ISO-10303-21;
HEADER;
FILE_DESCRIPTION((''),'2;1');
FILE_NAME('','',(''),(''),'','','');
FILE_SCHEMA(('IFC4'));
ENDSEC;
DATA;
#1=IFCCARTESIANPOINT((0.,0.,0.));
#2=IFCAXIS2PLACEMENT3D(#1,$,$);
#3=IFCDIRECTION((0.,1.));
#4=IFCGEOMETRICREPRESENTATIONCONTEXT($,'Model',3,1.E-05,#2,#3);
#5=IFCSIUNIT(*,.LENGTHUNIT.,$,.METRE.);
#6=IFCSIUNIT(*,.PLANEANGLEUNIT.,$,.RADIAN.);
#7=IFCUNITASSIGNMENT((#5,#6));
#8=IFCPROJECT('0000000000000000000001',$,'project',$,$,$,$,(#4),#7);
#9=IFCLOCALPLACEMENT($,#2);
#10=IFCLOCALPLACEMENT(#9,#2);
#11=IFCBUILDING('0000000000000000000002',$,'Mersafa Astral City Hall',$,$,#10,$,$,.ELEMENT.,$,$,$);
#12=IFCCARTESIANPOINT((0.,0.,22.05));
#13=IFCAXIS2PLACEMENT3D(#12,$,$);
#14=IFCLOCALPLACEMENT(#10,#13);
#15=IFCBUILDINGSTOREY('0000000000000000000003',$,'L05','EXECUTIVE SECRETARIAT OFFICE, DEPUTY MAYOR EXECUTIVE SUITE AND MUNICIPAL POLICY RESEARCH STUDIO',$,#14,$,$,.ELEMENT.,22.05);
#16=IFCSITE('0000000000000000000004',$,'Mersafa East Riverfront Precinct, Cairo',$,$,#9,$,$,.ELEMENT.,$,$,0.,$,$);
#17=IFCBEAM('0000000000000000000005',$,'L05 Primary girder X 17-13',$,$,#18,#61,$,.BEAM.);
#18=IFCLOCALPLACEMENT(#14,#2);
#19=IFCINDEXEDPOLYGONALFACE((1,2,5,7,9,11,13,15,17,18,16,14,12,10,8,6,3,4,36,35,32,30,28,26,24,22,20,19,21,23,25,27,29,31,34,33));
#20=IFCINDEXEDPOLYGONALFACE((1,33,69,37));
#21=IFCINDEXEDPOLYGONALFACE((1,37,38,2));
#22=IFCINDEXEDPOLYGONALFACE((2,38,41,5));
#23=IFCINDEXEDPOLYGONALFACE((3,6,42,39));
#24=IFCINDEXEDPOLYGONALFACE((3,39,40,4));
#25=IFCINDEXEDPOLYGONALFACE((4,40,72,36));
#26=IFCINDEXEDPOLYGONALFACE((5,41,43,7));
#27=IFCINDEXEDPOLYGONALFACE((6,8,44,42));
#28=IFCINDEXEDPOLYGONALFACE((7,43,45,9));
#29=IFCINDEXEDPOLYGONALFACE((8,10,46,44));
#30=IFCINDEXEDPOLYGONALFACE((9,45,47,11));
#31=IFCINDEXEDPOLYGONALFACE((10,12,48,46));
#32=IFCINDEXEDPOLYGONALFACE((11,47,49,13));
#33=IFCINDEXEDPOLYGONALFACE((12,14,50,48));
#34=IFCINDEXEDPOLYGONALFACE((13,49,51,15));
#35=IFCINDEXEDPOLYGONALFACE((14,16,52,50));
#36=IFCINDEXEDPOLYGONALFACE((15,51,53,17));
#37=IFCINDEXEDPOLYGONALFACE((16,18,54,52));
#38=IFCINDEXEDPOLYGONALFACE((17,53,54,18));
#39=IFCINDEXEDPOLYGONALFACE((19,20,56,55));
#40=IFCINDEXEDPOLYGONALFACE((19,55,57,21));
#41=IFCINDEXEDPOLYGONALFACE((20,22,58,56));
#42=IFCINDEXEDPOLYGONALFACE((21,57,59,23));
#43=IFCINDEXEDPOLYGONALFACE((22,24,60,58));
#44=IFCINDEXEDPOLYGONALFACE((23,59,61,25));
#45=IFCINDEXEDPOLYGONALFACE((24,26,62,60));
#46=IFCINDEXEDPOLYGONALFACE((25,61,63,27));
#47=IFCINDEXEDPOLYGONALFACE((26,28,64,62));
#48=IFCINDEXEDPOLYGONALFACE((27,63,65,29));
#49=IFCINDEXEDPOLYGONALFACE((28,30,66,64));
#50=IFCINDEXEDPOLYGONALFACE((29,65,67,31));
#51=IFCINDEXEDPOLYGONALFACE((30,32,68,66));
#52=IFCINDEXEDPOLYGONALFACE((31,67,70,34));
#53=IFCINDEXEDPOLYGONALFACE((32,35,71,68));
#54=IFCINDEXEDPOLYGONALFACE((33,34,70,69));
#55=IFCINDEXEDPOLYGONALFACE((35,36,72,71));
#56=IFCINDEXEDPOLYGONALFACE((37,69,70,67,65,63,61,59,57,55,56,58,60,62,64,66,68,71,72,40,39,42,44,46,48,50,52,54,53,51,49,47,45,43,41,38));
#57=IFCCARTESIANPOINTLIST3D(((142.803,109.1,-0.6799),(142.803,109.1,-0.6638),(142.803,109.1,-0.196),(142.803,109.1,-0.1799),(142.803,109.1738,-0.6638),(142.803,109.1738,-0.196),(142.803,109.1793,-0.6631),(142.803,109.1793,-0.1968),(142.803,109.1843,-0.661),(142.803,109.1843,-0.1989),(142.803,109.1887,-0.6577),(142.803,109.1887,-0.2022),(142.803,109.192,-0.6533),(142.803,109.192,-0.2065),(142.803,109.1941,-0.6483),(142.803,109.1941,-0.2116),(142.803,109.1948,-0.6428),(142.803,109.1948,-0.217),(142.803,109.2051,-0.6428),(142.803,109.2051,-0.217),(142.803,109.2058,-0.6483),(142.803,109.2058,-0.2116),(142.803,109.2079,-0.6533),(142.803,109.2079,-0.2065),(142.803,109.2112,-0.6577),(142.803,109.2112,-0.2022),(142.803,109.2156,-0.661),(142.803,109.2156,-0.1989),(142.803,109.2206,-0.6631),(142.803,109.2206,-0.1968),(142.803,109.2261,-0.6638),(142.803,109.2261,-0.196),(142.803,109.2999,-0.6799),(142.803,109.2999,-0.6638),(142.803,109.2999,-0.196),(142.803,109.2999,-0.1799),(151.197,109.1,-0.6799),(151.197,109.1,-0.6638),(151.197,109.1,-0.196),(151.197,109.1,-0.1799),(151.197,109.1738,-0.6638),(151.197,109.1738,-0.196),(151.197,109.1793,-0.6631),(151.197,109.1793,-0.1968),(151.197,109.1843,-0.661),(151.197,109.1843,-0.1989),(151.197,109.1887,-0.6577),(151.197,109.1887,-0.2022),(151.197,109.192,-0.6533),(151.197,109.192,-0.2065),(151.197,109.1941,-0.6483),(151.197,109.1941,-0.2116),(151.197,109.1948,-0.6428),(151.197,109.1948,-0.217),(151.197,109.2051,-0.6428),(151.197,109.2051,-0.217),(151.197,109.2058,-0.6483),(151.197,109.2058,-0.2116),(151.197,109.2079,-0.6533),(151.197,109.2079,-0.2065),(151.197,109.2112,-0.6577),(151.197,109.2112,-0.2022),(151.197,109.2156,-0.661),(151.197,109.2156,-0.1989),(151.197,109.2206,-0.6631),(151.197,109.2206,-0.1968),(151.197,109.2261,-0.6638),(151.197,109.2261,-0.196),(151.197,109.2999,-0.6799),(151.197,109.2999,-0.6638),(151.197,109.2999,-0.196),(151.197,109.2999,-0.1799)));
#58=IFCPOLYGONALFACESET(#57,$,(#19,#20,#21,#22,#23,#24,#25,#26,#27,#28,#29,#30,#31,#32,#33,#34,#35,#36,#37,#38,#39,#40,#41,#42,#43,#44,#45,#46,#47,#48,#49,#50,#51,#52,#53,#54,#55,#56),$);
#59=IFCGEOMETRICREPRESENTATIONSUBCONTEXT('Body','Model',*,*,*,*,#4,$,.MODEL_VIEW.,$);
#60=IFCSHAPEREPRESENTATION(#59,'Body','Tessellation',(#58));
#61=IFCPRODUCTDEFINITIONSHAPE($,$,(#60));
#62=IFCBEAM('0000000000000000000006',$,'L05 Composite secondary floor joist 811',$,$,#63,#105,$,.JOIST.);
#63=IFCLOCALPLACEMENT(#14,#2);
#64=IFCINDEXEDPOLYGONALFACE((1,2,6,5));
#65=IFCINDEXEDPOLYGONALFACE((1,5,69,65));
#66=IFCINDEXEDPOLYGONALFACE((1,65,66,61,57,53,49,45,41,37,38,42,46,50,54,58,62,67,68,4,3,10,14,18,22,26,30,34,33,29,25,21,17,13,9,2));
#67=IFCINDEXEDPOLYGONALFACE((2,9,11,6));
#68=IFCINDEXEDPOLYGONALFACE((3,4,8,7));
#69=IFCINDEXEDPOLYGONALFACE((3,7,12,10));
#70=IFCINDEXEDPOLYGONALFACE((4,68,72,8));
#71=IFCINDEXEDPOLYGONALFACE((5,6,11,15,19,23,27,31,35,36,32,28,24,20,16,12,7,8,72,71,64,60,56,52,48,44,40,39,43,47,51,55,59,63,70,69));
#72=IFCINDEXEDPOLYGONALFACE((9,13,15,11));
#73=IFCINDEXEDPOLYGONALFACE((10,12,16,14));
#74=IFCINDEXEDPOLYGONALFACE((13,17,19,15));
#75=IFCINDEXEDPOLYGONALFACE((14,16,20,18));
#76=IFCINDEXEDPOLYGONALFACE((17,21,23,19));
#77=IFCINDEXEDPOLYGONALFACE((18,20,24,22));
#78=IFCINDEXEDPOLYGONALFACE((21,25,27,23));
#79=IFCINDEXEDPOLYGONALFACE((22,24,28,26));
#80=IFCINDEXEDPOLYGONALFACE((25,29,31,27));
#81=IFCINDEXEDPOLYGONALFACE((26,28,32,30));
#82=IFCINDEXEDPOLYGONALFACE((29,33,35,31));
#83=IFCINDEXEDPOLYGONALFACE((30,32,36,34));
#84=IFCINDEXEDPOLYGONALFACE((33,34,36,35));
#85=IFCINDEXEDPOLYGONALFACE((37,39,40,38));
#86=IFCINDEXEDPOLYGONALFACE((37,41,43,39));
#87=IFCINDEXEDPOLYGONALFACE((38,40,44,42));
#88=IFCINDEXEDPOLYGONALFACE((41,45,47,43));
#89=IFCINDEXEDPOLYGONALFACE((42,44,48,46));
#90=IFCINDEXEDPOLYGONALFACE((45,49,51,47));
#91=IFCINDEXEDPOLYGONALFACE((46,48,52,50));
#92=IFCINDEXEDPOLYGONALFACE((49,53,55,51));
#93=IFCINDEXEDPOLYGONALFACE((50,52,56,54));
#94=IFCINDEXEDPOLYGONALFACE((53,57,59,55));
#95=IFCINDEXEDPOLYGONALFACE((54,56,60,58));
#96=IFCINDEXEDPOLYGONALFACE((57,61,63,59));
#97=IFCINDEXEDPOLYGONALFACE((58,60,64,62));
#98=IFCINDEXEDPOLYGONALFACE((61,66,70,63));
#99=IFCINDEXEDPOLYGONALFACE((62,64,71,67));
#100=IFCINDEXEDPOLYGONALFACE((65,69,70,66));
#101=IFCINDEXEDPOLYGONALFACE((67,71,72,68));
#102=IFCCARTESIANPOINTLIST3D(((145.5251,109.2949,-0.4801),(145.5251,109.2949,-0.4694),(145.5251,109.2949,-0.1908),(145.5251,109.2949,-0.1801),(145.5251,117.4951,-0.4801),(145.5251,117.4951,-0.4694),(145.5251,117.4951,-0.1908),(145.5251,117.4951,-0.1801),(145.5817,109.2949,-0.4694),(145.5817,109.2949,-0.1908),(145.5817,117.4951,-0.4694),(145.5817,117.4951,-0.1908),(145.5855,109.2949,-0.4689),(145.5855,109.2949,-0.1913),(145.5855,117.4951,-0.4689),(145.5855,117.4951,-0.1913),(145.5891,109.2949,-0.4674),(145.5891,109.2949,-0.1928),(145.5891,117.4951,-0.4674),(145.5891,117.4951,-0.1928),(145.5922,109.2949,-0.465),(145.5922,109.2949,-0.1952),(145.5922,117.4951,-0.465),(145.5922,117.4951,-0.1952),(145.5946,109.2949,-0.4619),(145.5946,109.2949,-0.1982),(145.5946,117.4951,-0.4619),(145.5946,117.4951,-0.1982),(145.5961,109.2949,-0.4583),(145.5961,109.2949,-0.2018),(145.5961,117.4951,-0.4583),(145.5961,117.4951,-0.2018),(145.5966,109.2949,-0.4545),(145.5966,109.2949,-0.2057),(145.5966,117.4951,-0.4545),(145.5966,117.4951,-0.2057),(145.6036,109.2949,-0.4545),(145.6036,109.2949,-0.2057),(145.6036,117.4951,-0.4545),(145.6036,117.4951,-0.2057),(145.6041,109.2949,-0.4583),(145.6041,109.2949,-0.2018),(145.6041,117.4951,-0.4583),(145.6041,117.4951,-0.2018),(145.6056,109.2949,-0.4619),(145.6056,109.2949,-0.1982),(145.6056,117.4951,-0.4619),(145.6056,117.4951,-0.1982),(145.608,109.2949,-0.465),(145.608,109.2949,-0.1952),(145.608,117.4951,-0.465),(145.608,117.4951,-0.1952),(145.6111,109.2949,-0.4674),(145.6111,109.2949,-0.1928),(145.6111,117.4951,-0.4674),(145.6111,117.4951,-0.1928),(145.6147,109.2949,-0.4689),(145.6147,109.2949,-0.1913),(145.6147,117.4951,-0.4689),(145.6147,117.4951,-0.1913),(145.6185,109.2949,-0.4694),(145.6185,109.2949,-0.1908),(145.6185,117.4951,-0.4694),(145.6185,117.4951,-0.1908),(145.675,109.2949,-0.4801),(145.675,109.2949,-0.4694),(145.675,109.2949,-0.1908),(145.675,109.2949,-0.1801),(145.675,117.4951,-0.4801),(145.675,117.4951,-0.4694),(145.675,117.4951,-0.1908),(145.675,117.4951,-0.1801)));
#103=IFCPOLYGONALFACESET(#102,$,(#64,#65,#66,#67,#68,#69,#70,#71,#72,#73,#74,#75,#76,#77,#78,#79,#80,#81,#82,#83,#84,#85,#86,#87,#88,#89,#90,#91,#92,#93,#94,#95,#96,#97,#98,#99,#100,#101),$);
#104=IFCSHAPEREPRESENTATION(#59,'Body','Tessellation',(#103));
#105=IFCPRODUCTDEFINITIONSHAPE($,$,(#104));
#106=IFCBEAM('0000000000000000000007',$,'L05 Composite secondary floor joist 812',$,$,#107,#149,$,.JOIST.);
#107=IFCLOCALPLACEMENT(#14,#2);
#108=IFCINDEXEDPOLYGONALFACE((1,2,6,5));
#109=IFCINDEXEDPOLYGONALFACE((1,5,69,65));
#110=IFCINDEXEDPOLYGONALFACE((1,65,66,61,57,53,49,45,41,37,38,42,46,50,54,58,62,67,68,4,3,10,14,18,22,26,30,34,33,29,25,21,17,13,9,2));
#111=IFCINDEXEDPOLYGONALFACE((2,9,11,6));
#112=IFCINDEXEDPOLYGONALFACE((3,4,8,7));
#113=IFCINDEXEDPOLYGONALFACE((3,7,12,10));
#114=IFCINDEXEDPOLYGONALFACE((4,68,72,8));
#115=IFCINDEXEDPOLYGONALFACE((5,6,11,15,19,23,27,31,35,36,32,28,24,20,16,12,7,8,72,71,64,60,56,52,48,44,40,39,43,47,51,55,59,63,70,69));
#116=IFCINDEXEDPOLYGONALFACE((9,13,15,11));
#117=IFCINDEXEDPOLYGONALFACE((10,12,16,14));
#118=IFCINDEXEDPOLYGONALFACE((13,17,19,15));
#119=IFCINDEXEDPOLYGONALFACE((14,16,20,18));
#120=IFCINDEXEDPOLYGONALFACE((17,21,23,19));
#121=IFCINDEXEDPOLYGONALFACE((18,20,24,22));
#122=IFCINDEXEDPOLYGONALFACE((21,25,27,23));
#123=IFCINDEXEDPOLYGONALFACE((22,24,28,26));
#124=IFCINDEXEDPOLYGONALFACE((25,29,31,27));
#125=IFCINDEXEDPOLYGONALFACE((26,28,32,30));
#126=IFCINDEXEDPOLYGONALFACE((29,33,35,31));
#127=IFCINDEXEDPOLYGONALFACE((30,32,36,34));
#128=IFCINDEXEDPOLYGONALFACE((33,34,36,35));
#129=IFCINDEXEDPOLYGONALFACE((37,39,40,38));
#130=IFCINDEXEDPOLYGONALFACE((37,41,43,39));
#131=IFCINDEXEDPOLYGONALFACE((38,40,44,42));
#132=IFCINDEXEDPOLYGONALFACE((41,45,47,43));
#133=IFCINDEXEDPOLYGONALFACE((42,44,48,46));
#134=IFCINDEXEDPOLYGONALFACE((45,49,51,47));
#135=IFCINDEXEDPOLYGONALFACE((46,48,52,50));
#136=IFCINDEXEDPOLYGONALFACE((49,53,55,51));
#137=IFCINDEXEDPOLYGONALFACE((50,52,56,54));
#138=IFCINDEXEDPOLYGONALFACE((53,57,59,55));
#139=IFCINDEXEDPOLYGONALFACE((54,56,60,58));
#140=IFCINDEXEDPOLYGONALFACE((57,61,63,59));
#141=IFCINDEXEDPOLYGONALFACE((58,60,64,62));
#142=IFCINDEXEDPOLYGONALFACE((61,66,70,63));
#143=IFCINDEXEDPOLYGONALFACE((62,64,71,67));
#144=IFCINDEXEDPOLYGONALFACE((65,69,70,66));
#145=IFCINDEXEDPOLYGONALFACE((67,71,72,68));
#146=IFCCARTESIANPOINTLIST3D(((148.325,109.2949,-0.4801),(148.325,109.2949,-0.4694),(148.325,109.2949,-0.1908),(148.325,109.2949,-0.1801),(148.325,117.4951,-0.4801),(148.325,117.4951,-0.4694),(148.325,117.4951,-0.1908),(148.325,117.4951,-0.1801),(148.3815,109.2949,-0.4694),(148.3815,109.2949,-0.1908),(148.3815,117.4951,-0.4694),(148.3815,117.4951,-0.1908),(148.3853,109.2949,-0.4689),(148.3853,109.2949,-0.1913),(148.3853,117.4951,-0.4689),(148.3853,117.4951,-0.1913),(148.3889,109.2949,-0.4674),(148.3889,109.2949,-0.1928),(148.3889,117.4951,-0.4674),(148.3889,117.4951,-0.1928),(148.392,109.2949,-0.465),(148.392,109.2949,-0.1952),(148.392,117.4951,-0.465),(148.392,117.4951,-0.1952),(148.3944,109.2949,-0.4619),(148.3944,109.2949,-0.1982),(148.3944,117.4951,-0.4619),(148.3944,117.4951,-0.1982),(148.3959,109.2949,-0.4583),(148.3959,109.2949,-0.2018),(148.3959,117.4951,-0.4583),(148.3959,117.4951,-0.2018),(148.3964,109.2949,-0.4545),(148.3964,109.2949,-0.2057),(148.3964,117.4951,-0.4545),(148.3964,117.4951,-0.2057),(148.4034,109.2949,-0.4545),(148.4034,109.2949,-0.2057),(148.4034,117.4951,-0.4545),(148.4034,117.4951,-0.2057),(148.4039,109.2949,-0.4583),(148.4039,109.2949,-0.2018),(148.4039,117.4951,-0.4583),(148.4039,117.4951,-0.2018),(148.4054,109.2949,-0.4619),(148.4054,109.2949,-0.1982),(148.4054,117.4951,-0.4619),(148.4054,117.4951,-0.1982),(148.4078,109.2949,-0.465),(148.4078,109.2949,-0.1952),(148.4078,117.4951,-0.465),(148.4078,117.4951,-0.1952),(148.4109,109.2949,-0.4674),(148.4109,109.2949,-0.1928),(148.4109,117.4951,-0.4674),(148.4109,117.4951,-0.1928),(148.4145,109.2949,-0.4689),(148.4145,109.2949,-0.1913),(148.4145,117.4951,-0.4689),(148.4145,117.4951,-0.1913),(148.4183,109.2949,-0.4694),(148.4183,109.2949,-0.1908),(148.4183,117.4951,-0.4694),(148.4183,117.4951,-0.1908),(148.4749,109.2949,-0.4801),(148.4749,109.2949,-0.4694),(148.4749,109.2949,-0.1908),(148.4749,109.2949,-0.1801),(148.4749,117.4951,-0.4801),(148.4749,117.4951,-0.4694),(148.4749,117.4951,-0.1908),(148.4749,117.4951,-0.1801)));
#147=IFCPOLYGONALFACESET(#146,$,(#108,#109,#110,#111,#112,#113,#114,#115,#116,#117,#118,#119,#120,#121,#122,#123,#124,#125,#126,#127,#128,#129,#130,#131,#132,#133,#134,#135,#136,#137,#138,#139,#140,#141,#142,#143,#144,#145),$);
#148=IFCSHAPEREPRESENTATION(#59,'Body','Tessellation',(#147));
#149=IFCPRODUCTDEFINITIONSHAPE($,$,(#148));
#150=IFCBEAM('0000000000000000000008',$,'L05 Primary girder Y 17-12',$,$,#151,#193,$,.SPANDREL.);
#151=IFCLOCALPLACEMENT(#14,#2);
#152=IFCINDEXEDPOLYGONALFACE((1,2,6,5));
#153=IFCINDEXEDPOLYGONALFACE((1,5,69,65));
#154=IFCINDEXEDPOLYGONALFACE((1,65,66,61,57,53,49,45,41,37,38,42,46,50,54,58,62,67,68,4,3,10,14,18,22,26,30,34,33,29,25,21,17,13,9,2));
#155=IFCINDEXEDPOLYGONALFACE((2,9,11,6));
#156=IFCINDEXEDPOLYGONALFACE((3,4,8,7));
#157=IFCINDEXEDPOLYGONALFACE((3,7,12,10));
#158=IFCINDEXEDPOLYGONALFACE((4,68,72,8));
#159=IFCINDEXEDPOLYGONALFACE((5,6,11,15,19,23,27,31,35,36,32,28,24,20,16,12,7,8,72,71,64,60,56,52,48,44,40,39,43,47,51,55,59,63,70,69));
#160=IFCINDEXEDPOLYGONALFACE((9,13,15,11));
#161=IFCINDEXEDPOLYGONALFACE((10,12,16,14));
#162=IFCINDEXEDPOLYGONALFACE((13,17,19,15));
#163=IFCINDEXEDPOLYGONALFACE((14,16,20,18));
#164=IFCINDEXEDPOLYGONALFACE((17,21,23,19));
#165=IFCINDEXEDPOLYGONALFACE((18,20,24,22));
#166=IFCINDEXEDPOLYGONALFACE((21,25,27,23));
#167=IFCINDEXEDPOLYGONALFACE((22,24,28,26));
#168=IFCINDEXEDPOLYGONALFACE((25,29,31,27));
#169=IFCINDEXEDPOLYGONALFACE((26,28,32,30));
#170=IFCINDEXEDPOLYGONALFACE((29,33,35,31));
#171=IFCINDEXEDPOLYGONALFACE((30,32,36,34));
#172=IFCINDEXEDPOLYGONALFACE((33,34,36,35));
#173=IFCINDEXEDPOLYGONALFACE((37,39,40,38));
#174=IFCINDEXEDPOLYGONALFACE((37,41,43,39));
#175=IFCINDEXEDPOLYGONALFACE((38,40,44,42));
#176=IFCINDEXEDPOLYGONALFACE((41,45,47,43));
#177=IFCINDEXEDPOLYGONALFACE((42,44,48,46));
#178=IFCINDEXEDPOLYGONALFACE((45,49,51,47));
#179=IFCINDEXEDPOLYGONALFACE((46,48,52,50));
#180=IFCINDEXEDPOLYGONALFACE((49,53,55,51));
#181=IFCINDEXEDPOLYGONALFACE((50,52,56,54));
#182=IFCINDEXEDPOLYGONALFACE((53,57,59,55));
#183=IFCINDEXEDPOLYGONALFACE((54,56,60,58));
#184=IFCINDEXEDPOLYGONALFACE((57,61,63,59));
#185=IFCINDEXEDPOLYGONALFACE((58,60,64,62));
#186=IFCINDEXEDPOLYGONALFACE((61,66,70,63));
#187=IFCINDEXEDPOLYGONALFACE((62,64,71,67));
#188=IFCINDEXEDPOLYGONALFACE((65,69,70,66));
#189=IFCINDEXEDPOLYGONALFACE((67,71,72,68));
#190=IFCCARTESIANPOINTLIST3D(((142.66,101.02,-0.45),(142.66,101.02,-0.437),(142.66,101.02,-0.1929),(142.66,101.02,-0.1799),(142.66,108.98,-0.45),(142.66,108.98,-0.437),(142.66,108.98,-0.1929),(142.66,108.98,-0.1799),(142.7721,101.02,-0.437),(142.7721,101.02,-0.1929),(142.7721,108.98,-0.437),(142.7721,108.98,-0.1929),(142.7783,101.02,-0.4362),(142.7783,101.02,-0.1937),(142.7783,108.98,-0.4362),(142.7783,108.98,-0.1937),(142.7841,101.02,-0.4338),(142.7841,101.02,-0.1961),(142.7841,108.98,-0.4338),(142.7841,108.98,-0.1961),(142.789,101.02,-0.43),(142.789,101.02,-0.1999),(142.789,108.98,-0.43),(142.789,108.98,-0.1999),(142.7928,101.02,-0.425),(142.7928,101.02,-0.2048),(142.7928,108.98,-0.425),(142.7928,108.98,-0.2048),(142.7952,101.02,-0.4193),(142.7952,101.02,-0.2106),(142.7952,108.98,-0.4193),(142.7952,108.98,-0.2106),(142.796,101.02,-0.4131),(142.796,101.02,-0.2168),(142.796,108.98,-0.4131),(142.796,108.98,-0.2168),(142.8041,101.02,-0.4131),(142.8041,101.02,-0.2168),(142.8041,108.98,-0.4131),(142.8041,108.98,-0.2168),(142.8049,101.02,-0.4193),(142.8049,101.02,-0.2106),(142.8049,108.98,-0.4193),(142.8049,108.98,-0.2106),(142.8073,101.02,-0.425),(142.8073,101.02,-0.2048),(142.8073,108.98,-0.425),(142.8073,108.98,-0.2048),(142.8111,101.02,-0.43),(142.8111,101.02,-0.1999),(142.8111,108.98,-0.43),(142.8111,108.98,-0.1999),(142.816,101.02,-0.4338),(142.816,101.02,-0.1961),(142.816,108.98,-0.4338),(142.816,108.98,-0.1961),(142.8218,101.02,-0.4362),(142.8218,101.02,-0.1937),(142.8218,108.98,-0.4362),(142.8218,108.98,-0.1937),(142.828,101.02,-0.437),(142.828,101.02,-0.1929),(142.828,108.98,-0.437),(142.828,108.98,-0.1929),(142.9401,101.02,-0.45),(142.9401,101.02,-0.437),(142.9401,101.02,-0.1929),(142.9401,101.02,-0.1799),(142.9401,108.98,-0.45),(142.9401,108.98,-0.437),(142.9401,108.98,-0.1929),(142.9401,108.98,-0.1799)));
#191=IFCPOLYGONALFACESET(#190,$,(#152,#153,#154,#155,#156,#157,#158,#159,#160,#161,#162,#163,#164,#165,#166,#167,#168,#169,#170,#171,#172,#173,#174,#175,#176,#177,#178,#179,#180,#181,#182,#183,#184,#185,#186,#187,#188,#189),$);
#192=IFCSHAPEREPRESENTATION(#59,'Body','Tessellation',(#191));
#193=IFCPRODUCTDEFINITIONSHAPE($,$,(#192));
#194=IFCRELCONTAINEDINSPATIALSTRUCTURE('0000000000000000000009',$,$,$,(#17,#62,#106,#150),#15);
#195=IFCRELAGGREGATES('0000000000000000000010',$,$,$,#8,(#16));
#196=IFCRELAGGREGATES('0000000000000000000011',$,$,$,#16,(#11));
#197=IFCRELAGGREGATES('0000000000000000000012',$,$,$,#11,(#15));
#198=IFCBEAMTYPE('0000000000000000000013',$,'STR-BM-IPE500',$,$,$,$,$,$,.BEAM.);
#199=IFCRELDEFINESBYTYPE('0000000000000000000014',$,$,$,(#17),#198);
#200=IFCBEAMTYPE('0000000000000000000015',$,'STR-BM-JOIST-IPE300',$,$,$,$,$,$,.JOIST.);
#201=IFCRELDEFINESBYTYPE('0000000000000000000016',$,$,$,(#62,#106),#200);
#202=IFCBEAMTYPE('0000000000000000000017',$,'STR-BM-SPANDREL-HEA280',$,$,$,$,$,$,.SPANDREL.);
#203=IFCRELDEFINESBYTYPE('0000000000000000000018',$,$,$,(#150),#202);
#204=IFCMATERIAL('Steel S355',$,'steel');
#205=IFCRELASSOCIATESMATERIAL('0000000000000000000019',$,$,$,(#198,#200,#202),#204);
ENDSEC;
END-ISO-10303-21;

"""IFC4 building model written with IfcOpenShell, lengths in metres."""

from ifc_helpers import new_model, si_unit, direction, frame, origin, origin_2d, place, context, subcontext, project, spatial, i_section, extrude, material, material_profile, profile_set, type_object, element, save


model = new_model("IFC4")

# Units and contexts
model_context = context("Model", 3, precision=1e-05, world=origin(), true_north=direction((0.0, 1.0)))
body_context = subcontext(model_context, "Body", "Model", "MODEL_VIEW")
ifc_project = project(units=[si_unit("LENGTHUNIT", "METRE"), si_unit("PLANEANGLEUNIT", "RADIAN")], contexts=[model_context])

# Site, building, storey
site_placement = place(None, origin())
site = spatial("IfcSite", under=ifc_project, at=site_placement, Name="Mersafa East Riverfront Precinct, Cairo", CompositionType="ELEMENT", RefElevation=0.0)
building_placement = place(site_placement, origin())
building = spatial("IfcBuilding", under=site, at=building_placement, Name="Mersafa Astral City Hall", CompositionType="ELEMENT")
storey_placement = place(building_placement, frame((0.0, 0.0, 22.05)))
storey = spatial("IfcBuildingStorey", under=building, at=storey_placement, Name="L05", Description="EXECUTIVE SECRETARIAT OFFICE, DEPUTY MAYOR EXECUTIVE SUITE AND MUNICIPAL POLICY RESEARCH STUDIO", CompositionType="ELEMENT", Elevation=22.05)

# Shared definitions
ifc_material_1 = material(Name="Steel S355", Category="steel")

# Beams
ifc_material_profile_1 = material_profile(ifc_material_1, i_section(OverallWidth=0.2, OverallDepth=0.5, WebThickness=0.0103, FlangeThickness=0.0161, FilletRadius=0.021, at=origin_2d()), Name="IPE 500")
ifc_profile_set_1 = profile_set([ifc_material_profile_1], Name="Steel S355")
beam_type_1 = type_object("IfcBeamType", Name="STR-BM-IPE500", PredefinedType="BEAM", material=ifc_profile_set_1)
beam_1_placement = place(storey_placement, frame((142.803, 109.2, -0.4299), z_axis=(1.0, 0.0, 0.0), x_axis=(0.0, 1.0, 0.0)))
element("IfcBeam", 1, at=beam_1_placement, inside=storey, type_object=beam_type_1, Name="L05 Primary girder X 17-13", PredefinedType="BEAM", context=body_context, shape_type="SweptSolid", body=[
    extrude(i_section(OverallWidth=0.2, OverallDepth=0.5, WebThickness=0.0103, FlangeThickness=0.0161, FilletRadius=0.021, at=origin_2d()), origin(), (0.0, 0.0, 1.0), 8.394),
])
ifc_material_profile_2 = material_profile(ifc_material_1, i_section(OverallWidth=0.1499, OverallDepth=0.3, WebThickness=0.0071, FlangeThickness=0.0107, FilletRadius=0.0149, at=origin_2d()), Name="IPE 300")
ifc_profile_set_2 = profile_set([ifc_material_profile_2], Name="Steel S355")
beam_type_2 = type_object("IfcBeamType", Name="STR-BM-JOIST-IPE300", PredefinedType="JOIST", material=ifc_profile_set_2)
for number, where, z_axis, x_axis, name in (
    (2, (145.6001, 109.2949, -0.3301), (0.0, 1.0, 0.0), (-1.0, 0.0, 0.0), "L05 Composite secondary floor joist 811"),
    (3, (148.3999, 109.2949, -0.3301), (0.0, 1.0, 0.0), (-1.0, 0.0, 0.0), "L05 Composite secondary floor joist 812"),
):
    element("IfcBeam", number, at=place(storey_placement, frame(where, z_axis=z_axis, x_axis=x_axis)), inside=storey, type_object=beam_type_2, Name=name, PredefinedType="JOIST", context=body_context, shape_type="SweptSolid", body=[
        extrude(i_section(OverallWidth=0.1499, OverallDepth=0.3, WebThickness=0.0071, FlangeThickness=0.0107, FilletRadius=0.0149, at=origin_2d()), origin(), (0.0, 0.0, 1.0), 8.2002),
    ])
ifc_material_profile_3 = material_profile(ifc_material_1, i_section(OverallWidth=0.28, OverallDepth=0.27, WebThickness=0.0081, FlangeThickness=0.0129, FilletRadius=0.0239, at=origin_2d()), Name="HEA 280")
ifc_profile_set_3 = profile_set([ifc_material_profile_3], Name="Steel S355")
beam_type_3 = type_object("IfcBeamType", Name="STR-BM-SPANDREL-HEA280", PredefinedType="SPANDREL", material=ifc_profile_set_3)
beam_2_placement = place(storey_placement, frame((142.8, 101.02, -0.3149), z_axis=(0.0, 1.0, 0.0), x_axis=(-1.0, 0.0, 0.0)))
element("IfcBeam", 4, at=beam_2_placement, inside=storey, type_object=beam_type_3, Name="L05 Primary girder Y 17-12", PredefinedType="SPANDREL", context=body_context, shape_type="SweptSolid", body=[
    extrude(i_section(OverallWidth=0.28, OverallDepth=0.27, WebThickness=0.0081, FlangeThickness=0.0129, FilletRadius=0.0239, at=origin_2d()), origin(), (0.0, 0.0, 1.0), 7.96),
])

save(model, "model.ifc")
